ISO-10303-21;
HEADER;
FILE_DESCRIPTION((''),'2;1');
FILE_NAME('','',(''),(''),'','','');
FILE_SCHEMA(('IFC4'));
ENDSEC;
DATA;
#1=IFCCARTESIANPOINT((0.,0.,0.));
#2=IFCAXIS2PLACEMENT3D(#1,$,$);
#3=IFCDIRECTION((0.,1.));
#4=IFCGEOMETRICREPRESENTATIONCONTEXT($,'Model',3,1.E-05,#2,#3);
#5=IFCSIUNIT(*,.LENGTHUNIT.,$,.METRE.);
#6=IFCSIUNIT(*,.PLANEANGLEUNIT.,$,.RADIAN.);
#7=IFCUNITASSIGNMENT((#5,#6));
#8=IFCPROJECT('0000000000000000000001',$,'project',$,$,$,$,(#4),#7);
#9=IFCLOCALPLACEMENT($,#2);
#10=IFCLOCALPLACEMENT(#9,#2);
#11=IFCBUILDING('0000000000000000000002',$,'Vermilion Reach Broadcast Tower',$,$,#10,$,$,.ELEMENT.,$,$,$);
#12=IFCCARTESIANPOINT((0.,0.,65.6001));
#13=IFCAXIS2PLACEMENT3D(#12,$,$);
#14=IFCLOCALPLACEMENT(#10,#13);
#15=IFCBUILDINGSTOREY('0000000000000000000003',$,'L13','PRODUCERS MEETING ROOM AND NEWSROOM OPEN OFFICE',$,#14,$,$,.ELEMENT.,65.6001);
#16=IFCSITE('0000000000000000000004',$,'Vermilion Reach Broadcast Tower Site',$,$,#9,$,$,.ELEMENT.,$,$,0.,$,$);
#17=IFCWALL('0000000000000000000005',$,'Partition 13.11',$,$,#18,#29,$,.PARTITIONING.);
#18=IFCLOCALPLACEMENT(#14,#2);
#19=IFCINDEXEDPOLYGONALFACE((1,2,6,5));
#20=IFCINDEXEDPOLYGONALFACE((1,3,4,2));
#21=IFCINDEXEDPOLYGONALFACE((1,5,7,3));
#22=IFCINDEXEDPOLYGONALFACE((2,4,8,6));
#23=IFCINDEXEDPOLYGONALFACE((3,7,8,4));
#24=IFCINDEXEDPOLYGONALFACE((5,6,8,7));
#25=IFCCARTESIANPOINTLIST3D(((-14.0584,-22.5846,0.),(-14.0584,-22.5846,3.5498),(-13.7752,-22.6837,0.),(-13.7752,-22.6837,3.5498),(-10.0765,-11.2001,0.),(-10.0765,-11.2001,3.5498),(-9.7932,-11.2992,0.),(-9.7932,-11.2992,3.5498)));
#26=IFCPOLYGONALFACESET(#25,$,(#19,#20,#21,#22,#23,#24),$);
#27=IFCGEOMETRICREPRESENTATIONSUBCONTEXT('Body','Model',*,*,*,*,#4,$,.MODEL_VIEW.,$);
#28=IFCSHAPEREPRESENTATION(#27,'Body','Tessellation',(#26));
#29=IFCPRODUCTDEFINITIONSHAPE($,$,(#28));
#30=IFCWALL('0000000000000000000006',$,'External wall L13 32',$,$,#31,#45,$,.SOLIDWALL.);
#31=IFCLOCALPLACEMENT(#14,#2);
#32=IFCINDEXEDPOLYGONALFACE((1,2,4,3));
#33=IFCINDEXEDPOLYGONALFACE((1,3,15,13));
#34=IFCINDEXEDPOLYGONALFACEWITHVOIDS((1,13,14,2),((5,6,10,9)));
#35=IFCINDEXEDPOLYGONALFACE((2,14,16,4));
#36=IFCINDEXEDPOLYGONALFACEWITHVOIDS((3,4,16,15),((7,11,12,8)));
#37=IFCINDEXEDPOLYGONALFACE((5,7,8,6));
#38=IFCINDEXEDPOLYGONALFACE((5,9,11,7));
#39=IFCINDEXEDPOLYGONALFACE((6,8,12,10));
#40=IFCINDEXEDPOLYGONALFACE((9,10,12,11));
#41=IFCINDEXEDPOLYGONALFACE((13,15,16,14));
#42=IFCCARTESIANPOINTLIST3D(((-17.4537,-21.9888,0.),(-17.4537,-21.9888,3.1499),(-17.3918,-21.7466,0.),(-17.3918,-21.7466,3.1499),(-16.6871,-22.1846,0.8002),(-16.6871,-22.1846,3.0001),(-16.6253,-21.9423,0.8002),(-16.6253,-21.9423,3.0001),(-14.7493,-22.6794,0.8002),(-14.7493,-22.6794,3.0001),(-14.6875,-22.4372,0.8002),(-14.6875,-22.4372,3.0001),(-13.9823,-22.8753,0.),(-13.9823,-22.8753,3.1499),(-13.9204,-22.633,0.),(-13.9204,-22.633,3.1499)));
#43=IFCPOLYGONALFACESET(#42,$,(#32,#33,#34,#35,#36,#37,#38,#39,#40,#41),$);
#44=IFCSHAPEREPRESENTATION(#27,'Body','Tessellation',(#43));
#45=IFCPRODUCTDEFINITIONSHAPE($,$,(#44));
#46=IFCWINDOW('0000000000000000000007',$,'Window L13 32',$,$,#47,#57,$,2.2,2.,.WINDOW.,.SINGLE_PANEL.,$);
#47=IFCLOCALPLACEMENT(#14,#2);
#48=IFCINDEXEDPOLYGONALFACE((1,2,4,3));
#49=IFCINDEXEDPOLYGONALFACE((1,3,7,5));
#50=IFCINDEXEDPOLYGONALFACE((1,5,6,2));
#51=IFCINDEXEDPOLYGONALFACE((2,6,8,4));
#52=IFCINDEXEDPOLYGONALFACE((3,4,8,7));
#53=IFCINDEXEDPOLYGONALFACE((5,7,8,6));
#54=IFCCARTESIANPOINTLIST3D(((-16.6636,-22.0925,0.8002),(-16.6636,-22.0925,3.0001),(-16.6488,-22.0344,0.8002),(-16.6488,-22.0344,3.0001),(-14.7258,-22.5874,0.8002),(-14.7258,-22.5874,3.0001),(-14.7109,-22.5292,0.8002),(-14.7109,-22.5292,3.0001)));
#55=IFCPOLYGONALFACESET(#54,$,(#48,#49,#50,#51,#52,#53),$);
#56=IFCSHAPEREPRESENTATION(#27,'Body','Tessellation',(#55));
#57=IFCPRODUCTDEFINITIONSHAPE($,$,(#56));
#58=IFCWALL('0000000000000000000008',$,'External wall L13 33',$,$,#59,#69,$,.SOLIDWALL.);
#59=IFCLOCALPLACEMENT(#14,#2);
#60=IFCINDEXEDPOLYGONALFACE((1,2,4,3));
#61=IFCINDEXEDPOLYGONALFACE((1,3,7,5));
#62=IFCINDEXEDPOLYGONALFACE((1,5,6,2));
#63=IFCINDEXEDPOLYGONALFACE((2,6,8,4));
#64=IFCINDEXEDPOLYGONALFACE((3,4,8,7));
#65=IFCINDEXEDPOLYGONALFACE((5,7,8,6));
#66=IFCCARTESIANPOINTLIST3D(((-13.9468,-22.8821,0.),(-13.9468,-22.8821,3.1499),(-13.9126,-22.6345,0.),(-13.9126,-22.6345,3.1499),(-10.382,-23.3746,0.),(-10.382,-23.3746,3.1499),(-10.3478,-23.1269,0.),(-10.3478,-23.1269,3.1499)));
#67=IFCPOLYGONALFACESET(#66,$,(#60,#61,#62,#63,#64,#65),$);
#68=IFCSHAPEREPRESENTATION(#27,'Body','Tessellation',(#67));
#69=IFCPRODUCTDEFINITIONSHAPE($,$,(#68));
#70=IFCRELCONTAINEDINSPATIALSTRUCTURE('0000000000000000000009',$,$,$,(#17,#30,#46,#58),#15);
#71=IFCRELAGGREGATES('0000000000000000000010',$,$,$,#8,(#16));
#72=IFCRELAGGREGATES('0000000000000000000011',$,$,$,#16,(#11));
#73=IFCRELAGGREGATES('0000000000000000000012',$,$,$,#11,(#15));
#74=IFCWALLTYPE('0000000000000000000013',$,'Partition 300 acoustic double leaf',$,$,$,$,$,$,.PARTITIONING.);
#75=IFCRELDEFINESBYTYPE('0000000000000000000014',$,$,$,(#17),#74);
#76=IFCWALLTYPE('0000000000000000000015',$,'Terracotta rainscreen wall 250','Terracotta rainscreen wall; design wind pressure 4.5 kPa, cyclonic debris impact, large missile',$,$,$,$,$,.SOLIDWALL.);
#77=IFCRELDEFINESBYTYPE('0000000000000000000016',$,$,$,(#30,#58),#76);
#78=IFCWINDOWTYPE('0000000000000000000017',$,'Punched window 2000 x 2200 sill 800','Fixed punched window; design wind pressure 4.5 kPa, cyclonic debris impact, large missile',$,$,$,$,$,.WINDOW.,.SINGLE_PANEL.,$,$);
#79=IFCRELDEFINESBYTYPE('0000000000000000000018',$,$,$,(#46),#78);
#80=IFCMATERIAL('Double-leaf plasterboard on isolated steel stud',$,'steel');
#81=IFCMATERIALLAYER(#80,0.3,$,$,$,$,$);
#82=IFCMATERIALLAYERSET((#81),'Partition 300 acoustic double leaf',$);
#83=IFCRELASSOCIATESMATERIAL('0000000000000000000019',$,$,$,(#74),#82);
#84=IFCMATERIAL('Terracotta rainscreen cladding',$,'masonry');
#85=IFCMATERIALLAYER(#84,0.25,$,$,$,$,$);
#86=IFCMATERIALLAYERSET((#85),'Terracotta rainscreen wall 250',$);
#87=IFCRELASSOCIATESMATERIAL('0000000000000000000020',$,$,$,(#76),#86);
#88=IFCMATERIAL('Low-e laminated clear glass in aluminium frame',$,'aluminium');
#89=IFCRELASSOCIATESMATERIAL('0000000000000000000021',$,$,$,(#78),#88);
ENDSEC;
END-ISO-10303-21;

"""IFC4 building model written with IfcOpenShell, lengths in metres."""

from ifc_helpers import new_model, si_unit, direction, frame, frame_2d, origin, place, context, subcontext, project, spatial, rectangle, extrude, material, layer, layer_set, type_object, element, fill, save


model = new_model("IFC4")

# Units and contexts
model_context = context("Model", 3, precision=1e-05, world=origin(), true_north=direction((0.0, 1.0)))
body_context = subcontext(model_context, "Body", "Model", "MODEL_VIEW")
ifc_project = project(units=[si_unit("LENGTHUNIT", "METRE"), si_unit("PLANEANGLEUNIT", "RADIAN")], contexts=[model_context])

# Site, building, storey
site_placement = place(None, origin())
site = spatial("IfcSite", under=ifc_project, at=site_placement, Name="Vermilion Reach Broadcast Tower Site", CompositionType="ELEMENT", RefElevation=0.0)
building_placement = place(site_placement, origin())
building = spatial("IfcBuilding", under=site, at=building_placement, Name="Vermilion Reach Broadcast Tower", CompositionType="ELEMENT")
storey_placement = place(building_placement, frame((0.0, 0.0, 65.6001)))
storey = spatial("IfcBuildingStorey", under=building, at=storey_placement, Name="L13", Description="PRODUCERS MEETING ROOM AND NEWSROOM OPEN OFFICE", CompositionType="ELEMENT", Elevation=65.6001)

# Wall
ifc_material_1 = material(Name="Double-leaf plasterboard on isolated steel stud", Category="steel")
ifc_layer_1 = layer(ifc_material_1, 0.3)
ifc_layer_set_1 = layer_set([ifc_layer_1], Name="Partition 300 acoustic double leaf")
wall_type_1 = type_object("IfcWallType", Name="Partition 300 acoustic double leaf", PredefinedType="PARTITIONING", material=ifc_layer_set_1)
wall_1_placement = place(storey_placement, frame((-13.9167, -22.634, 0.0), z_axis=(0.0, 0.0, 1.0), x_axis=(0.330155, 0.943927, 0.0)))
element("IfcWall", 1, at=wall_1_placement, inside=storey, type_object=wall_type_1, Name="Partition 13.11", PredefinedType="PARTITIONING", context=body_context, shape_type="SweptSolid", body=[
    extrude(rectangle(XDim=12.0608, YDim=0.3, at=frame_2d((6.0303, 0.0))), origin(), (0.0, 0.0, 1.0), 3.5498),
])

# Wall, opening, window
ifc_material_2 = material(Name="Terracotta rainscreen cladding", Category="masonry")
ifc_layer_2 = layer(ifc_material_2, 0.25)
ifc_layer_set_2 = layer_set([ifc_layer_2], Name="Terracotta rainscreen wall 250")
wall_type_2 = type_object("IfcWallType", Name="Terracotta rainscreen wall 250", Description="Terracotta rainscreen wall; design wind pressure 4.5 kPa, cyclonic debris impact, large missile", PredefinedType="SOLIDWALL", material=ifc_layer_set_2)
wall_2_placement = place(storey_placement, frame((-17.4229, -21.8677, 0.0), z_axis=(0.0, 0.0, 1.0), x_axis=(0.968908, -0.247423, 0.0)))
wall_2 = element("IfcWall", 2, at=wall_2_placement, inside=storey, type_object=wall_type_2, Name="External wall L13 32", PredefinedType="SOLIDWALL", context=body_context, shape_type="SweptSolid", body=[
    extrude(rectangle(XDim=3.5828, YDim=0.25, at=frame_2d((1.7915, 0.0))), origin(), (0.0, 0.0, 1.0), 3.1499),
])
opening_placement = place(wall_2_placement, frame((0.7913, 0.0, 0.8)))
opening = element("IfcOpeningElement", 3, at=opening_placement, cuts=wall_2, PredefinedType="OPENING", context=body_context, shape_type="SweptSolid", body=[
    extrude(rectangle(XDim=2.0, YDim=2.2, at=frame_2d((1.0, 1.1001))), frame((0.0, 0.135, 0.0), z_axis=(0.0, -1.0, 0.0), x_axis=(1.0, 0.0, 0.0)), (0.0, 0.0, 1.0), 0.27),
])
ifc_material_3 = material(Name="Low-e laminated clear glass in aluminium frame", Category="aluminium")
window_type = type_object("IfcWindowType", Name="Punched window 2000 x 2200 sill 800", Description="Fixed punched window; design wind pressure 4.5 kPa, cyclonic debris impact, large missile", PartitioningType="SINGLE_PANEL", PredefinedType="WINDOW", material=ifc_material_3)
window_placement = place(opening_placement, origin())
window = element("IfcWindow", 4, at=window_placement, inside=storey, type_object=window_type, Name="Window L13 32", OverallHeight=2.2, OverallWidth=2.0, PartitioningType="SINGLE_PANEL", PredefinedType="WINDOW", context=body_context, shape_type="SweptSolid", body=[
    extrude(rectangle(XDim=2.0, YDim=2.2, at=frame_2d((1.0, 1.1001))), frame((0.0, 0.03, 0.0), z_axis=(0.0, -1.0, 0.0), x_axis=(1.0, 0.0, 0.0)), (0.0, 0.0, 1.0), 0.0601),
])
fill(opening, window)

# Wall
wall_3_placement = place(storey_placement, frame((-13.9297, -22.7583, 0.0), z_axis=(0.0, 0.0, 1.0), x_axis=(0.990593, -0.136842, 0.0)))
element("IfcWall", 5, at=wall_3_placement, inside=storey, type_object=wall_type_2, Name="External wall L13 33", PredefinedType="SOLIDWALL", context=body_context, shape_type="SweptSolid", body=[
    extrude(rectangle(XDim=3.5986, YDim=0.25, at=frame_2d((1.7993, 0.0))), origin(), (0.0, 0.0, 1.0), 3.1499),
])

save(model, "model.ifc")
